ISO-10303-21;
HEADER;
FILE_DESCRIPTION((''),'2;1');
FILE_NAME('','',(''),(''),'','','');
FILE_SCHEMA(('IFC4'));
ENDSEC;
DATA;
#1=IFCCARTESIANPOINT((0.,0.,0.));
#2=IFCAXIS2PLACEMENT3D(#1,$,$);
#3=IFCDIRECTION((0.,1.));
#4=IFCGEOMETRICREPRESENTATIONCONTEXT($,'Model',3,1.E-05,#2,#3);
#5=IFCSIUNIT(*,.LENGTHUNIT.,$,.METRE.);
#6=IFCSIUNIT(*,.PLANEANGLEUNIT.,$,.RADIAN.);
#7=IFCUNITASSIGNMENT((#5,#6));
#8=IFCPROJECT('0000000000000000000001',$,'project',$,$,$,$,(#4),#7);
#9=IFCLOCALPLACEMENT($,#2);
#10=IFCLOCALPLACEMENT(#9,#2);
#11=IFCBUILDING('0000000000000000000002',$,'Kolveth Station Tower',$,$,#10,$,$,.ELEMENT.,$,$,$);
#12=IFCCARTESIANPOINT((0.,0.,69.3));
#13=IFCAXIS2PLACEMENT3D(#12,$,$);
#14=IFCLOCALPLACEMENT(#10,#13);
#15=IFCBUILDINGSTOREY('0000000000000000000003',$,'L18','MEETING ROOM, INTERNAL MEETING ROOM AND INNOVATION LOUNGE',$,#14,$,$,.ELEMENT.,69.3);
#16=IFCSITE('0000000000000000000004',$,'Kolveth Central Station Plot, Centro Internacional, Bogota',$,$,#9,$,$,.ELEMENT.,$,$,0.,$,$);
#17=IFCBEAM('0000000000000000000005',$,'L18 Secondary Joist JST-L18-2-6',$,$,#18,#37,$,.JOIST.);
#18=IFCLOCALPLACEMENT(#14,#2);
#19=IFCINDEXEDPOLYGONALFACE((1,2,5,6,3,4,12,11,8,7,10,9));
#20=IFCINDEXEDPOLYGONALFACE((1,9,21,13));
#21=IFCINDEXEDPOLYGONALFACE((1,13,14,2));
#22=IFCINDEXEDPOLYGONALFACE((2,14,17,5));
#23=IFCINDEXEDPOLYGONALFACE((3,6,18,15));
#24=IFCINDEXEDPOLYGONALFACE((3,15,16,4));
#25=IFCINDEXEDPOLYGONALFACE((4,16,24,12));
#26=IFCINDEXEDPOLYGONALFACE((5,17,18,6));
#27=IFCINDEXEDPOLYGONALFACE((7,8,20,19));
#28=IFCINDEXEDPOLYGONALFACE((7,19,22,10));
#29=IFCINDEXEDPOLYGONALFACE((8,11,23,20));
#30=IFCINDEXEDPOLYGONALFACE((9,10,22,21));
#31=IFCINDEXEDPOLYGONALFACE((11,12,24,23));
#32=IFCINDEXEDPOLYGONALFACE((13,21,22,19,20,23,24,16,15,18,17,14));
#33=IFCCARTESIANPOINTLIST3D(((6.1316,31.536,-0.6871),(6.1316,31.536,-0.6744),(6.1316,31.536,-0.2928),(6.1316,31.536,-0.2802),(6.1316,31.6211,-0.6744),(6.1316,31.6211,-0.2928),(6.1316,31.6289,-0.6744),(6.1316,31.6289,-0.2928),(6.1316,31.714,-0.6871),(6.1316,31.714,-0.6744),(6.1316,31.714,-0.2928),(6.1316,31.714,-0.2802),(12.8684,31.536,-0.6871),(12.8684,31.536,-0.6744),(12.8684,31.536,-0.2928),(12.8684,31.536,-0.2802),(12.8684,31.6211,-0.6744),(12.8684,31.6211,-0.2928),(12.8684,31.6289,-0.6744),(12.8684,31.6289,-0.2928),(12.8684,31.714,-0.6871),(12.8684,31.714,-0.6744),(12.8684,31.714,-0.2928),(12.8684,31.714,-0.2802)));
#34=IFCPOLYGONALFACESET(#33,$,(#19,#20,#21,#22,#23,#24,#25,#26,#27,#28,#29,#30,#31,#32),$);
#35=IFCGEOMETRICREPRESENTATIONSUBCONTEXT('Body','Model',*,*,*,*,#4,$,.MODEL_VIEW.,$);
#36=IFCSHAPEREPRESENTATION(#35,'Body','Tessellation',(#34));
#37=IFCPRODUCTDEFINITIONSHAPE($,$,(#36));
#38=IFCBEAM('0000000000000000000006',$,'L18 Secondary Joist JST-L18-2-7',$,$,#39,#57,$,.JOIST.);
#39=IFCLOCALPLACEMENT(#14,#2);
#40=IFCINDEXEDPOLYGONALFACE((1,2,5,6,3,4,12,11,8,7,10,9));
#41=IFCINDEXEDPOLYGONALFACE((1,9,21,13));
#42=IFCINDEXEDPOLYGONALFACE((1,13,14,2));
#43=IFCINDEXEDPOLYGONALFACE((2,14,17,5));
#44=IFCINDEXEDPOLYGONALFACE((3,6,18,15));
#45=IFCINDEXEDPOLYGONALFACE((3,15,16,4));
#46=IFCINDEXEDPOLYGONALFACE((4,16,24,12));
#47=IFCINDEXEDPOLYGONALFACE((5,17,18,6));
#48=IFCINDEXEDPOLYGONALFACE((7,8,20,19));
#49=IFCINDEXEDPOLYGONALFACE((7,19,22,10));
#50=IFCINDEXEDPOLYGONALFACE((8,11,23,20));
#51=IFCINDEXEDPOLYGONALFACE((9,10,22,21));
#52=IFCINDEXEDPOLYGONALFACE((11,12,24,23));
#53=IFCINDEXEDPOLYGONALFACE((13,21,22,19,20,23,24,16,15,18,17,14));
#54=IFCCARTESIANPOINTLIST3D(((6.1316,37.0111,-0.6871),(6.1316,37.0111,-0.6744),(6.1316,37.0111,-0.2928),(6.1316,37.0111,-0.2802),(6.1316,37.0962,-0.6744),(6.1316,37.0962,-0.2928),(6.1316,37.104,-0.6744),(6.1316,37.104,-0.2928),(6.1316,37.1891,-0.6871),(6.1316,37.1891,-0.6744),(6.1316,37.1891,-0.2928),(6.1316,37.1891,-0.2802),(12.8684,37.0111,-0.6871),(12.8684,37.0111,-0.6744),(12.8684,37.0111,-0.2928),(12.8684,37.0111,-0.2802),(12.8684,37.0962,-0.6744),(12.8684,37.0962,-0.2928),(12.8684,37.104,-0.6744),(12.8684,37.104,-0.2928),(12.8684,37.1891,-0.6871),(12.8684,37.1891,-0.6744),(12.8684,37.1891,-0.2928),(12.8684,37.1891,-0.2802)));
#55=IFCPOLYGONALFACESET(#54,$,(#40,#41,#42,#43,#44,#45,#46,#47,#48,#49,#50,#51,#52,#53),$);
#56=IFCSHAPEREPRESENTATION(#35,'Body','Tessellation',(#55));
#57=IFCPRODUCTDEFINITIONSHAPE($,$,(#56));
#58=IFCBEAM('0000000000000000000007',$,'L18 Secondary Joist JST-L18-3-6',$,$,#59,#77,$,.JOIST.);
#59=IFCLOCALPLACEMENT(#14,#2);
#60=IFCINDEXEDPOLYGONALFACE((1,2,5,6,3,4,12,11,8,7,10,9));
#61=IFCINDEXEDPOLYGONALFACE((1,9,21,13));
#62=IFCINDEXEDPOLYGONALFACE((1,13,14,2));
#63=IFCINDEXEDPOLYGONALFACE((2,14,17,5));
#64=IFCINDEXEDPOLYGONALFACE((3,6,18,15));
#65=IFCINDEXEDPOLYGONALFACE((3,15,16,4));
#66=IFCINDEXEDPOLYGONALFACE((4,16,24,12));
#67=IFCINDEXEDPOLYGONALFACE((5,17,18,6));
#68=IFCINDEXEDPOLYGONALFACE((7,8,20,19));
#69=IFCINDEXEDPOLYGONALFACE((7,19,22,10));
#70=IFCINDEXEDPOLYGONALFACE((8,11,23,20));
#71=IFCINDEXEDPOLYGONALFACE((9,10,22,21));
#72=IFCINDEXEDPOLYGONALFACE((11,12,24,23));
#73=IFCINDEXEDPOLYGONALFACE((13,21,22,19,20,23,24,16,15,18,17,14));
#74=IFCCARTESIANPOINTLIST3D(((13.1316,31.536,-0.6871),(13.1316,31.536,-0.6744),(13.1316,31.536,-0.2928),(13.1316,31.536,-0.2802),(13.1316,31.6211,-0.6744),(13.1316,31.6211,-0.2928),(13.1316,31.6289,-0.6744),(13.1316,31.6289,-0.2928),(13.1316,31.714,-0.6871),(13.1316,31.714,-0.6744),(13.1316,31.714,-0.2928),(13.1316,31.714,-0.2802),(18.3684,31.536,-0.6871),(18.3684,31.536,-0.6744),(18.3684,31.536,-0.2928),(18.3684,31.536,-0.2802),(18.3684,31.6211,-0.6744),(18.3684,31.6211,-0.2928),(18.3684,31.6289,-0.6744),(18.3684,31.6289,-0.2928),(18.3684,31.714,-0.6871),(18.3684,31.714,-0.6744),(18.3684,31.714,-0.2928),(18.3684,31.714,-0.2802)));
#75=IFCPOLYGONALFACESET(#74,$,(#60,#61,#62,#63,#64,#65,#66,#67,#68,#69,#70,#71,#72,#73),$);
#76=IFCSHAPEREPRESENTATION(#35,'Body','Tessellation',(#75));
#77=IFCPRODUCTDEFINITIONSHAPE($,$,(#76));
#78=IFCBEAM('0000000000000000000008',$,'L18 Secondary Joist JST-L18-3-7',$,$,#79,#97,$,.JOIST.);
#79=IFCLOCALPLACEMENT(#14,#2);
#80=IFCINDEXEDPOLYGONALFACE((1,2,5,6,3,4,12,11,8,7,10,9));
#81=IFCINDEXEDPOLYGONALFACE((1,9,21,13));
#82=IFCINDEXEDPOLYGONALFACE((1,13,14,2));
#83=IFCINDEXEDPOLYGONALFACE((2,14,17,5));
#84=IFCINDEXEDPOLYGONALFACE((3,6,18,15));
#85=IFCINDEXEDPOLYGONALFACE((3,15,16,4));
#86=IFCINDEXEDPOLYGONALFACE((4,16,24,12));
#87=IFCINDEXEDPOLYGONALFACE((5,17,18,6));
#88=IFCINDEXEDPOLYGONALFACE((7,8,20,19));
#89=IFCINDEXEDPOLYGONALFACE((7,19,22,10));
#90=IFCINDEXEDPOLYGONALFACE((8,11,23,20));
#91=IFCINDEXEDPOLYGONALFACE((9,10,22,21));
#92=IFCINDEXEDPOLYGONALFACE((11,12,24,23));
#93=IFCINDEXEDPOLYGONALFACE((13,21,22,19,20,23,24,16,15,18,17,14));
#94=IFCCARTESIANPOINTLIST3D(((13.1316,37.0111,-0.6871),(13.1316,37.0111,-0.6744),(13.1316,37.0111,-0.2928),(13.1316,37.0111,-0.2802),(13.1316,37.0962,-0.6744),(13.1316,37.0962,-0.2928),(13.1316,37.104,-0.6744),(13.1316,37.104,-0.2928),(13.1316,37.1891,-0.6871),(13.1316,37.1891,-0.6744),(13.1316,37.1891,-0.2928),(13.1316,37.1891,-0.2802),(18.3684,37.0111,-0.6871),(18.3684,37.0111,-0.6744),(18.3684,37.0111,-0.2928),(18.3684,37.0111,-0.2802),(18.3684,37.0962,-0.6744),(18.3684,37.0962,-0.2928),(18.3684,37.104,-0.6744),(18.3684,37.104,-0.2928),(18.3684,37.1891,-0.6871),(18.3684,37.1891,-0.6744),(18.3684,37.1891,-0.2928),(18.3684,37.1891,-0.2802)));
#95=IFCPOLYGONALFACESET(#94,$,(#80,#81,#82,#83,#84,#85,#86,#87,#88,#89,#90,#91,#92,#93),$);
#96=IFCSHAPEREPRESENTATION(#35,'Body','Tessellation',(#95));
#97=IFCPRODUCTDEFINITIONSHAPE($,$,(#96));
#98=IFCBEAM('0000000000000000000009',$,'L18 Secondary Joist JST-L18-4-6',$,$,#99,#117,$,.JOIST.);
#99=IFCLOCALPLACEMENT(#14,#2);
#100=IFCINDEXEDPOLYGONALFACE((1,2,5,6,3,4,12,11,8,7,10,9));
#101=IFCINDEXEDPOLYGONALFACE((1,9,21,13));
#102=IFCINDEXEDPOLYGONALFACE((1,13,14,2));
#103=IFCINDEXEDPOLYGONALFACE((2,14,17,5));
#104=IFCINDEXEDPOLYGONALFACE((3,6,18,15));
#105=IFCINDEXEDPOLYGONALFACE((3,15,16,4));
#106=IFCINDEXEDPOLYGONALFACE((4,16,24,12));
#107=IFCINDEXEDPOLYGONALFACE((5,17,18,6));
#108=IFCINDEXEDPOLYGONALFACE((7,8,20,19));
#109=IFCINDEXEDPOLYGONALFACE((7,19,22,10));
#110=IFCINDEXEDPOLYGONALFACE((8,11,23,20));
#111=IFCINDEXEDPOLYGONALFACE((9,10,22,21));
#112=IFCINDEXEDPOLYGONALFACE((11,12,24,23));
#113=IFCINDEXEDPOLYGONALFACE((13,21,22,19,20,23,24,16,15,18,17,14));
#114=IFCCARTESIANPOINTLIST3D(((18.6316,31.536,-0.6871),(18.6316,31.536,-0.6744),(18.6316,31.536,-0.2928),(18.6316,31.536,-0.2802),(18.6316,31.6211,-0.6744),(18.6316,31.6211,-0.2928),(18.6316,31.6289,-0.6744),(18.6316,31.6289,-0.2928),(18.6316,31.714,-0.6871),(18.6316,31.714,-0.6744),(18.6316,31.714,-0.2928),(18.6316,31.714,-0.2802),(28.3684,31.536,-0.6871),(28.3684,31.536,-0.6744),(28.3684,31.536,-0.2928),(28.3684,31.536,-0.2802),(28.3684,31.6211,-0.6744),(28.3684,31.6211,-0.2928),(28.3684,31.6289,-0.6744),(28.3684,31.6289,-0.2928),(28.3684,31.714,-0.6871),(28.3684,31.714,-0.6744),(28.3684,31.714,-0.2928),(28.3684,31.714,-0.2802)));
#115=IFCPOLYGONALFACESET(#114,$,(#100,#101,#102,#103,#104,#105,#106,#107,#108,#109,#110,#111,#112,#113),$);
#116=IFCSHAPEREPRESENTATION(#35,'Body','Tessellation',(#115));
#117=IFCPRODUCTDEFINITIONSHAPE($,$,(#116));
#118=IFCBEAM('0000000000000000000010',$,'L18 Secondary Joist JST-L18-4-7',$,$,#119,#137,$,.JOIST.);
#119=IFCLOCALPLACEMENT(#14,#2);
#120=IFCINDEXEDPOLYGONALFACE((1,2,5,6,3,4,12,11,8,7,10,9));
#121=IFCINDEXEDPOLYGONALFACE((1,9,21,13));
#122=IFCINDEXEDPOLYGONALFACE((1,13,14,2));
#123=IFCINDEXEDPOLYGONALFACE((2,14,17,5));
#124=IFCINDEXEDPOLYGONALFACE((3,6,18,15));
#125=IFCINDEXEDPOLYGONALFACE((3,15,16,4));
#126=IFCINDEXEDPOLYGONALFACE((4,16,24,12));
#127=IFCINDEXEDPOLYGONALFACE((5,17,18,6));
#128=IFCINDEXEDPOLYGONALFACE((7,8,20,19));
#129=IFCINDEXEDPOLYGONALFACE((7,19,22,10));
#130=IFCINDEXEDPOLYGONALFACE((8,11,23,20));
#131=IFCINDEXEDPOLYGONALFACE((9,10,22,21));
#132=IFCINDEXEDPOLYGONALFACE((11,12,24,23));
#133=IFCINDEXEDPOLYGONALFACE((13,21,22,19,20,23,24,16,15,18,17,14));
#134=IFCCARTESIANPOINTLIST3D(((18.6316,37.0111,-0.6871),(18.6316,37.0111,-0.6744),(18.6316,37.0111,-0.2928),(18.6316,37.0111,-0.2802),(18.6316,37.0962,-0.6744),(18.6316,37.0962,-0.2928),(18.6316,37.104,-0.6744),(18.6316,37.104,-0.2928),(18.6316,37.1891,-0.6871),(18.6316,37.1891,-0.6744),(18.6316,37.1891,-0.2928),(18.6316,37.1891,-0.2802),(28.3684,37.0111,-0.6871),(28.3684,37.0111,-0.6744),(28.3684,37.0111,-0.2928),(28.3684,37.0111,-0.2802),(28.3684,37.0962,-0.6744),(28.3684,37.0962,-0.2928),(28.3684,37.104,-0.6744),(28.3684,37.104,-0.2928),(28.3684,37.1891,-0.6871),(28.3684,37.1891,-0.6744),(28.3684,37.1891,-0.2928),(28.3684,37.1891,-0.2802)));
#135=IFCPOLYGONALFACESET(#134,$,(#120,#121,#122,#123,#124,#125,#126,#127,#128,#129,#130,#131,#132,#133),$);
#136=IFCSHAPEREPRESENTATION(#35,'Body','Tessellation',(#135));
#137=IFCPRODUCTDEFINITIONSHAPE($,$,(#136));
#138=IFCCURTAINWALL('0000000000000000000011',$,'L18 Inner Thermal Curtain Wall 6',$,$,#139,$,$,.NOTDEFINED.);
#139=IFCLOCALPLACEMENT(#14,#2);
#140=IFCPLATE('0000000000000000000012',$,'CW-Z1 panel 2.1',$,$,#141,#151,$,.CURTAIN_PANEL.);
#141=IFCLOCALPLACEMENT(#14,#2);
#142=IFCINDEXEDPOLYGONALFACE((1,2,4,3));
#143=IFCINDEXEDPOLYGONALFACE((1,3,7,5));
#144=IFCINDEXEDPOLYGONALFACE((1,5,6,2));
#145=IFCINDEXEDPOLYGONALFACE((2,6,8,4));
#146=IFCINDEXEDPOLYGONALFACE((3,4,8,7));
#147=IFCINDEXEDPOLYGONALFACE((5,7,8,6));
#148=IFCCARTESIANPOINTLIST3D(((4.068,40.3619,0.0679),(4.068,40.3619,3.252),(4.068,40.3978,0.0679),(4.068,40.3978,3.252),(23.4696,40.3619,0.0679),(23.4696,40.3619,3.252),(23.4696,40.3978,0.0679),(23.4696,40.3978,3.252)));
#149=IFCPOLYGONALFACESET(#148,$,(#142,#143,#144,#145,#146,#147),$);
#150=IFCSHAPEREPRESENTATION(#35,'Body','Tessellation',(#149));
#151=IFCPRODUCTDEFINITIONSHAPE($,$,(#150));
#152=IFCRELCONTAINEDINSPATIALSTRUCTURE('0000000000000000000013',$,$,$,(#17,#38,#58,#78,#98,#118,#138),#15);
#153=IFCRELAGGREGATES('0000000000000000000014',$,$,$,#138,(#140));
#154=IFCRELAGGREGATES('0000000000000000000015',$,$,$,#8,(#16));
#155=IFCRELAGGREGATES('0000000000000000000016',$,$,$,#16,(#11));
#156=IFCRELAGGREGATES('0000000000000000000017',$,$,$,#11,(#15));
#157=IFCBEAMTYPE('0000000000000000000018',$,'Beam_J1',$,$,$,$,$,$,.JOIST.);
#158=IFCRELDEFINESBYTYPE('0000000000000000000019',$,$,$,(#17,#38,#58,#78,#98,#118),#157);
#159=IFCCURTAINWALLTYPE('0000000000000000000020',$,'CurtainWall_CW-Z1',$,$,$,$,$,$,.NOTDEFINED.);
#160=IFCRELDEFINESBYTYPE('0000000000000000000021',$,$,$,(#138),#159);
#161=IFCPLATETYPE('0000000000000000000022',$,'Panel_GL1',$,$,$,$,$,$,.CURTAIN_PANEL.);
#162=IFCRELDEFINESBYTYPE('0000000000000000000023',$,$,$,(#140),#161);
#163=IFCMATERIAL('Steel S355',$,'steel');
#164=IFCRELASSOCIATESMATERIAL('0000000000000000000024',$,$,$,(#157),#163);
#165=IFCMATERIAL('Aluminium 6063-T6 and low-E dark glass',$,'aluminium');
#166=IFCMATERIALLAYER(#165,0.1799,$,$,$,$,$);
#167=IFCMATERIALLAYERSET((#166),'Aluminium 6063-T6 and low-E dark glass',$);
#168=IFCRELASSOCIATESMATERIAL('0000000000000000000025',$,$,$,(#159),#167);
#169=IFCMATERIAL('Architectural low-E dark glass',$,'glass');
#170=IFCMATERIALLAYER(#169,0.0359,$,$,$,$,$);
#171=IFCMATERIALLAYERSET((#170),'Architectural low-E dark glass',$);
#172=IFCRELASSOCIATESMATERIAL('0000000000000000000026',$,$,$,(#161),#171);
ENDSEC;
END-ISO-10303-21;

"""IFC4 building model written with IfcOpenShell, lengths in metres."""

from ifc_helpers import new_model, si_unit, direction, frame, origin, origin_2d, place, context, subcontext, project, spatial, rectangle, i_section, extrude, source, transform, mapped, material, layer, layer_set, material_profile, profile_set, type_object, element, aggregate, save


model = new_model("IFC4")

# Units and contexts
model_context = context("Model", 3, precision=1e-05, world=origin(), true_north=direction((0.0, 1.0)))
body_context = subcontext(model_context, "Body", "Model", "MODEL_VIEW")
ifc_project = project(units=[si_unit("LENGTHUNIT", "METRE"), si_unit("PLANEANGLEUNIT", "RADIAN")], contexts=[model_context])

# Site, building, storey
site_placement = place(None, origin())
site = spatial("IfcSite", under=ifc_project, at=site_placement, Name="Kolveth Central Station Plot, Centro Internacional, Bogota", CompositionType="ELEMENT", RefElevation=0.0)
building_placement = place(site_placement, origin())
building = spatial("IfcBuilding", under=site, at=building_placement, Name="Kolveth Station Tower", CompositionType="ELEMENT")
storey_placement = place(building_placement, frame((0.0, 0.0, 69.3)))
storey = spatial("IfcBuildingStorey", under=building, at=storey_placement, Name="L18", Description="MEETING ROOM, INTERNAL MEETING ROOM AND INNOVATION LOUNGE", CompositionType="ELEMENT", Elevation=69.3)

# Shared definitions
ifc_material_1 = material(Name="Steel S355", Category="steel")

# Beams
ifc_material_profile_1 = material_profile(ifc_material_1, i_section(OverallWidth=0.178, OverallDepth=0.407, WebThickness=0.0078, FlangeThickness=0.0127, at=origin_2d()), Name="W410x60")
ifc_profile_set_1 = profile_set([ifc_material_profile_1], Name="Steel S355")
beam_type_1 = type_object("IfcBeamType", Name="Beam_J1", PredefinedType="JOIST", material=ifc_profile_set_1)
shared_shape_1 = source(origin(), body_context, "Body", "SweptSolid", [
    extrude(i_section(OverallWidth=0.178, OverallDepth=0.407, WebThickness=0.0078, FlangeThickness=0.0127, at=origin_2d()), origin(), (0.0, 0.0, 1.0), 6.7368),
])
for number, where, z_axis, x_axis, name in (
    (1, (6.1316, 31.625, -0.4836), (1.0, 0.0, 0.0), (0.0, 1.0, 0.0), "L18 Secondary Joist JST-L18-2-6"),
    (2, (6.1316, 37.1001, -0.4836), (1.0, 0.0, 0.0), (0.0, 1.0, 0.0), "L18 Secondary Joist JST-L18-2-7"),
):
    element("IfcBeam", number, at=place(storey_placement, frame(where, z_axis=z_axis, x_axis=x_axis)), inside=storey, type_object=beam_type_1, Name=name, PredefinedType="JOIST", context=body_context, shape_type="MappedRepresentation", body=[
        mapped(shared_shape_1, transform((0.0, 0.0, 0.0), x_axis=(1.0, 0.0, 0.0), y_axis=(0.0, 1.0, 0.0), z_axis=(0.0, 0.0, 1.0), scale=1.0)),
    ])
shared_shape_2 = source(origin(), body_context, "Body", "SweptSolid", [
    extrude(i_section(OverallWidth=0.178, OverallDepth=0.407, WebThickness=0.0078, FlangeThickness=0.0127, at=origin_2d()), origin(), (0.0, 0.0, 1.0), 5.2368),
])
for number, where, z_axis, x_axis, name in (
    (3, (13.1316, 31.625, -0.4836), (1.0, 0.0, 0.0), (0.0, 1.0, 0.0), "L18 Secondary Joist JST-L18-3-6"),
    (4, (13.1316, 37.1001, -0.4836), (1.0, 0.0, 0.0), (0.0, 1.0, 0.0), "L18 Secondary Joist JST-L18-3-7"),
):
    element("IfcBeam", number, at=place(storey_placement, frame(where, z_axis=z_axis, x_axis=x_axis)), inside=storey, type_object=beam_type_1, Name=name, PredefinedType="JOIST", context=body_context, shape_type="MappedRepresentation", body=[
        mapped(shared_shape_2, transform((0.0, 0.0, 0.0), x_axis=(1.0, 0.0, 0.0), y_axis=(0.0, 1.0, 0.0), z_axis=(0.0, 0.0, 1.0), scale=1.0)),
    ])
shared_shape_3 = source(origin(), body_context, "Body", "SweptSolid", [
    extrude(i_section(OverallWidth=0.178, OverallDepth=0.407, WebThickness=0.0078, FlangeThickness=0.0127, at=origin_2d()), origin(), (0.0, 0.0, 1.0), 9.7368),
])
for number, where, z_axis, x_axis, name in (
    (5, (18.6316, 31.625, -0.4836), (1.0, 0.0, 0.0), (0.0, 1.0, 0.0), "L18 Secondary Joist JST-L18-4-6"),
    (6, (18.6316, 37.1001, -0.4836), (1.0, 0.0, 0.0), (0.0, 1.0, 0.0), "L18 Secondary Joist JST-L18-4-7"),
):
    element("IfcBeam", number, at=place(storey_placement, frame(where, z_axis=z_axis, x_axis=x_axis)), inside=storey, type_object=beam_type_1, Name=name, PredefinedType="JOIST", context=body_context, shape_type="MappedRepresentation", body=[
        mapped(shared_shape_3, transform((0.0, 0.0, 0.0), x_axis=(1.0, 0.0, 0.0), y_axis=(0.0, 1.0, 0.0), z_axis=(0.0, 0.0, 1.0), scale=1.0)),
    ])

# Curtain wall, plate
ifc_material_2 = material(Name="Aluminium 6063-T6 and low-E dark glass", Category="aluminium")
ifc_layer_1 = layer(ifc_material_2, 0.1799)
ifc_layer_set_1 = layer_set([ifc_layer_1], Name="Aluminium 6063-T6 and low-E dark glass")
curtain_wall_type = type_object("IfcCurtainWallType", Name="CurtainWall_CW-Z1", PredefinedType="NOTDEFINED", material=ifc_layer_set_1)
curtain_wall_placement = place(storey_placement, origin())
curtain_wall = element("IfcCurtainWall", 7, at=curtain_wall_placement, inside=storey, type_object=curtain_wall_type, Name="L18 Inner Thermal Curtain Wall 6", PredefinedType="NOTDEFINED")
ifc_material_3 = material(Name="Architectural low-E dark glass", Category="glass")
ifc_layer_2 = layer(ifc_material_3, 0.0359)
ifc_layer_set_2 = layer_set([ifc_layer_2], Name="Architectural low-E dark glass")
plate_type = type_object("IfcPlateType", Name="Panel_GL1", PredefinedType="CURTAIN_PANEL", material=ifc_layer_set_2)
shared_shape_4 = source(origin(), body_context, "Body", "SweptSolid", [
    extrude(rectangle(XDim=19.4016, YDim=0.0359, at=origin_2d()), origin(), (0.0, 0.0, 1.0), 3.1841),
])
plate_placement = place(storey_placement, frame((13.7688, 40.3799, 0.0679), z_axis=(0.0, 0.0, 1.0), x_axis=(-1.0, 0.0, 0.0)))
plate = element("IfcPlate", 8, at=plate_placement, type_object=plate_type, Name="CW-Z1 panel 2.1", PredefinedType="CURTAIN_PANEL", context=body_context, shape_type="MappedRepresentation", body=[
    mapped(shared_shape_4, transform((0.0, 0.0, 0.0), x_axis=(1.0, 0.0, 0.0), y_axis=(0.0, 1.0, 0.0), z_axis=(0.0, 0.0, 1.0), scale=1.0)),
])
aggregate(curtain_wall, [plate])

save(model, "model.ifc")
